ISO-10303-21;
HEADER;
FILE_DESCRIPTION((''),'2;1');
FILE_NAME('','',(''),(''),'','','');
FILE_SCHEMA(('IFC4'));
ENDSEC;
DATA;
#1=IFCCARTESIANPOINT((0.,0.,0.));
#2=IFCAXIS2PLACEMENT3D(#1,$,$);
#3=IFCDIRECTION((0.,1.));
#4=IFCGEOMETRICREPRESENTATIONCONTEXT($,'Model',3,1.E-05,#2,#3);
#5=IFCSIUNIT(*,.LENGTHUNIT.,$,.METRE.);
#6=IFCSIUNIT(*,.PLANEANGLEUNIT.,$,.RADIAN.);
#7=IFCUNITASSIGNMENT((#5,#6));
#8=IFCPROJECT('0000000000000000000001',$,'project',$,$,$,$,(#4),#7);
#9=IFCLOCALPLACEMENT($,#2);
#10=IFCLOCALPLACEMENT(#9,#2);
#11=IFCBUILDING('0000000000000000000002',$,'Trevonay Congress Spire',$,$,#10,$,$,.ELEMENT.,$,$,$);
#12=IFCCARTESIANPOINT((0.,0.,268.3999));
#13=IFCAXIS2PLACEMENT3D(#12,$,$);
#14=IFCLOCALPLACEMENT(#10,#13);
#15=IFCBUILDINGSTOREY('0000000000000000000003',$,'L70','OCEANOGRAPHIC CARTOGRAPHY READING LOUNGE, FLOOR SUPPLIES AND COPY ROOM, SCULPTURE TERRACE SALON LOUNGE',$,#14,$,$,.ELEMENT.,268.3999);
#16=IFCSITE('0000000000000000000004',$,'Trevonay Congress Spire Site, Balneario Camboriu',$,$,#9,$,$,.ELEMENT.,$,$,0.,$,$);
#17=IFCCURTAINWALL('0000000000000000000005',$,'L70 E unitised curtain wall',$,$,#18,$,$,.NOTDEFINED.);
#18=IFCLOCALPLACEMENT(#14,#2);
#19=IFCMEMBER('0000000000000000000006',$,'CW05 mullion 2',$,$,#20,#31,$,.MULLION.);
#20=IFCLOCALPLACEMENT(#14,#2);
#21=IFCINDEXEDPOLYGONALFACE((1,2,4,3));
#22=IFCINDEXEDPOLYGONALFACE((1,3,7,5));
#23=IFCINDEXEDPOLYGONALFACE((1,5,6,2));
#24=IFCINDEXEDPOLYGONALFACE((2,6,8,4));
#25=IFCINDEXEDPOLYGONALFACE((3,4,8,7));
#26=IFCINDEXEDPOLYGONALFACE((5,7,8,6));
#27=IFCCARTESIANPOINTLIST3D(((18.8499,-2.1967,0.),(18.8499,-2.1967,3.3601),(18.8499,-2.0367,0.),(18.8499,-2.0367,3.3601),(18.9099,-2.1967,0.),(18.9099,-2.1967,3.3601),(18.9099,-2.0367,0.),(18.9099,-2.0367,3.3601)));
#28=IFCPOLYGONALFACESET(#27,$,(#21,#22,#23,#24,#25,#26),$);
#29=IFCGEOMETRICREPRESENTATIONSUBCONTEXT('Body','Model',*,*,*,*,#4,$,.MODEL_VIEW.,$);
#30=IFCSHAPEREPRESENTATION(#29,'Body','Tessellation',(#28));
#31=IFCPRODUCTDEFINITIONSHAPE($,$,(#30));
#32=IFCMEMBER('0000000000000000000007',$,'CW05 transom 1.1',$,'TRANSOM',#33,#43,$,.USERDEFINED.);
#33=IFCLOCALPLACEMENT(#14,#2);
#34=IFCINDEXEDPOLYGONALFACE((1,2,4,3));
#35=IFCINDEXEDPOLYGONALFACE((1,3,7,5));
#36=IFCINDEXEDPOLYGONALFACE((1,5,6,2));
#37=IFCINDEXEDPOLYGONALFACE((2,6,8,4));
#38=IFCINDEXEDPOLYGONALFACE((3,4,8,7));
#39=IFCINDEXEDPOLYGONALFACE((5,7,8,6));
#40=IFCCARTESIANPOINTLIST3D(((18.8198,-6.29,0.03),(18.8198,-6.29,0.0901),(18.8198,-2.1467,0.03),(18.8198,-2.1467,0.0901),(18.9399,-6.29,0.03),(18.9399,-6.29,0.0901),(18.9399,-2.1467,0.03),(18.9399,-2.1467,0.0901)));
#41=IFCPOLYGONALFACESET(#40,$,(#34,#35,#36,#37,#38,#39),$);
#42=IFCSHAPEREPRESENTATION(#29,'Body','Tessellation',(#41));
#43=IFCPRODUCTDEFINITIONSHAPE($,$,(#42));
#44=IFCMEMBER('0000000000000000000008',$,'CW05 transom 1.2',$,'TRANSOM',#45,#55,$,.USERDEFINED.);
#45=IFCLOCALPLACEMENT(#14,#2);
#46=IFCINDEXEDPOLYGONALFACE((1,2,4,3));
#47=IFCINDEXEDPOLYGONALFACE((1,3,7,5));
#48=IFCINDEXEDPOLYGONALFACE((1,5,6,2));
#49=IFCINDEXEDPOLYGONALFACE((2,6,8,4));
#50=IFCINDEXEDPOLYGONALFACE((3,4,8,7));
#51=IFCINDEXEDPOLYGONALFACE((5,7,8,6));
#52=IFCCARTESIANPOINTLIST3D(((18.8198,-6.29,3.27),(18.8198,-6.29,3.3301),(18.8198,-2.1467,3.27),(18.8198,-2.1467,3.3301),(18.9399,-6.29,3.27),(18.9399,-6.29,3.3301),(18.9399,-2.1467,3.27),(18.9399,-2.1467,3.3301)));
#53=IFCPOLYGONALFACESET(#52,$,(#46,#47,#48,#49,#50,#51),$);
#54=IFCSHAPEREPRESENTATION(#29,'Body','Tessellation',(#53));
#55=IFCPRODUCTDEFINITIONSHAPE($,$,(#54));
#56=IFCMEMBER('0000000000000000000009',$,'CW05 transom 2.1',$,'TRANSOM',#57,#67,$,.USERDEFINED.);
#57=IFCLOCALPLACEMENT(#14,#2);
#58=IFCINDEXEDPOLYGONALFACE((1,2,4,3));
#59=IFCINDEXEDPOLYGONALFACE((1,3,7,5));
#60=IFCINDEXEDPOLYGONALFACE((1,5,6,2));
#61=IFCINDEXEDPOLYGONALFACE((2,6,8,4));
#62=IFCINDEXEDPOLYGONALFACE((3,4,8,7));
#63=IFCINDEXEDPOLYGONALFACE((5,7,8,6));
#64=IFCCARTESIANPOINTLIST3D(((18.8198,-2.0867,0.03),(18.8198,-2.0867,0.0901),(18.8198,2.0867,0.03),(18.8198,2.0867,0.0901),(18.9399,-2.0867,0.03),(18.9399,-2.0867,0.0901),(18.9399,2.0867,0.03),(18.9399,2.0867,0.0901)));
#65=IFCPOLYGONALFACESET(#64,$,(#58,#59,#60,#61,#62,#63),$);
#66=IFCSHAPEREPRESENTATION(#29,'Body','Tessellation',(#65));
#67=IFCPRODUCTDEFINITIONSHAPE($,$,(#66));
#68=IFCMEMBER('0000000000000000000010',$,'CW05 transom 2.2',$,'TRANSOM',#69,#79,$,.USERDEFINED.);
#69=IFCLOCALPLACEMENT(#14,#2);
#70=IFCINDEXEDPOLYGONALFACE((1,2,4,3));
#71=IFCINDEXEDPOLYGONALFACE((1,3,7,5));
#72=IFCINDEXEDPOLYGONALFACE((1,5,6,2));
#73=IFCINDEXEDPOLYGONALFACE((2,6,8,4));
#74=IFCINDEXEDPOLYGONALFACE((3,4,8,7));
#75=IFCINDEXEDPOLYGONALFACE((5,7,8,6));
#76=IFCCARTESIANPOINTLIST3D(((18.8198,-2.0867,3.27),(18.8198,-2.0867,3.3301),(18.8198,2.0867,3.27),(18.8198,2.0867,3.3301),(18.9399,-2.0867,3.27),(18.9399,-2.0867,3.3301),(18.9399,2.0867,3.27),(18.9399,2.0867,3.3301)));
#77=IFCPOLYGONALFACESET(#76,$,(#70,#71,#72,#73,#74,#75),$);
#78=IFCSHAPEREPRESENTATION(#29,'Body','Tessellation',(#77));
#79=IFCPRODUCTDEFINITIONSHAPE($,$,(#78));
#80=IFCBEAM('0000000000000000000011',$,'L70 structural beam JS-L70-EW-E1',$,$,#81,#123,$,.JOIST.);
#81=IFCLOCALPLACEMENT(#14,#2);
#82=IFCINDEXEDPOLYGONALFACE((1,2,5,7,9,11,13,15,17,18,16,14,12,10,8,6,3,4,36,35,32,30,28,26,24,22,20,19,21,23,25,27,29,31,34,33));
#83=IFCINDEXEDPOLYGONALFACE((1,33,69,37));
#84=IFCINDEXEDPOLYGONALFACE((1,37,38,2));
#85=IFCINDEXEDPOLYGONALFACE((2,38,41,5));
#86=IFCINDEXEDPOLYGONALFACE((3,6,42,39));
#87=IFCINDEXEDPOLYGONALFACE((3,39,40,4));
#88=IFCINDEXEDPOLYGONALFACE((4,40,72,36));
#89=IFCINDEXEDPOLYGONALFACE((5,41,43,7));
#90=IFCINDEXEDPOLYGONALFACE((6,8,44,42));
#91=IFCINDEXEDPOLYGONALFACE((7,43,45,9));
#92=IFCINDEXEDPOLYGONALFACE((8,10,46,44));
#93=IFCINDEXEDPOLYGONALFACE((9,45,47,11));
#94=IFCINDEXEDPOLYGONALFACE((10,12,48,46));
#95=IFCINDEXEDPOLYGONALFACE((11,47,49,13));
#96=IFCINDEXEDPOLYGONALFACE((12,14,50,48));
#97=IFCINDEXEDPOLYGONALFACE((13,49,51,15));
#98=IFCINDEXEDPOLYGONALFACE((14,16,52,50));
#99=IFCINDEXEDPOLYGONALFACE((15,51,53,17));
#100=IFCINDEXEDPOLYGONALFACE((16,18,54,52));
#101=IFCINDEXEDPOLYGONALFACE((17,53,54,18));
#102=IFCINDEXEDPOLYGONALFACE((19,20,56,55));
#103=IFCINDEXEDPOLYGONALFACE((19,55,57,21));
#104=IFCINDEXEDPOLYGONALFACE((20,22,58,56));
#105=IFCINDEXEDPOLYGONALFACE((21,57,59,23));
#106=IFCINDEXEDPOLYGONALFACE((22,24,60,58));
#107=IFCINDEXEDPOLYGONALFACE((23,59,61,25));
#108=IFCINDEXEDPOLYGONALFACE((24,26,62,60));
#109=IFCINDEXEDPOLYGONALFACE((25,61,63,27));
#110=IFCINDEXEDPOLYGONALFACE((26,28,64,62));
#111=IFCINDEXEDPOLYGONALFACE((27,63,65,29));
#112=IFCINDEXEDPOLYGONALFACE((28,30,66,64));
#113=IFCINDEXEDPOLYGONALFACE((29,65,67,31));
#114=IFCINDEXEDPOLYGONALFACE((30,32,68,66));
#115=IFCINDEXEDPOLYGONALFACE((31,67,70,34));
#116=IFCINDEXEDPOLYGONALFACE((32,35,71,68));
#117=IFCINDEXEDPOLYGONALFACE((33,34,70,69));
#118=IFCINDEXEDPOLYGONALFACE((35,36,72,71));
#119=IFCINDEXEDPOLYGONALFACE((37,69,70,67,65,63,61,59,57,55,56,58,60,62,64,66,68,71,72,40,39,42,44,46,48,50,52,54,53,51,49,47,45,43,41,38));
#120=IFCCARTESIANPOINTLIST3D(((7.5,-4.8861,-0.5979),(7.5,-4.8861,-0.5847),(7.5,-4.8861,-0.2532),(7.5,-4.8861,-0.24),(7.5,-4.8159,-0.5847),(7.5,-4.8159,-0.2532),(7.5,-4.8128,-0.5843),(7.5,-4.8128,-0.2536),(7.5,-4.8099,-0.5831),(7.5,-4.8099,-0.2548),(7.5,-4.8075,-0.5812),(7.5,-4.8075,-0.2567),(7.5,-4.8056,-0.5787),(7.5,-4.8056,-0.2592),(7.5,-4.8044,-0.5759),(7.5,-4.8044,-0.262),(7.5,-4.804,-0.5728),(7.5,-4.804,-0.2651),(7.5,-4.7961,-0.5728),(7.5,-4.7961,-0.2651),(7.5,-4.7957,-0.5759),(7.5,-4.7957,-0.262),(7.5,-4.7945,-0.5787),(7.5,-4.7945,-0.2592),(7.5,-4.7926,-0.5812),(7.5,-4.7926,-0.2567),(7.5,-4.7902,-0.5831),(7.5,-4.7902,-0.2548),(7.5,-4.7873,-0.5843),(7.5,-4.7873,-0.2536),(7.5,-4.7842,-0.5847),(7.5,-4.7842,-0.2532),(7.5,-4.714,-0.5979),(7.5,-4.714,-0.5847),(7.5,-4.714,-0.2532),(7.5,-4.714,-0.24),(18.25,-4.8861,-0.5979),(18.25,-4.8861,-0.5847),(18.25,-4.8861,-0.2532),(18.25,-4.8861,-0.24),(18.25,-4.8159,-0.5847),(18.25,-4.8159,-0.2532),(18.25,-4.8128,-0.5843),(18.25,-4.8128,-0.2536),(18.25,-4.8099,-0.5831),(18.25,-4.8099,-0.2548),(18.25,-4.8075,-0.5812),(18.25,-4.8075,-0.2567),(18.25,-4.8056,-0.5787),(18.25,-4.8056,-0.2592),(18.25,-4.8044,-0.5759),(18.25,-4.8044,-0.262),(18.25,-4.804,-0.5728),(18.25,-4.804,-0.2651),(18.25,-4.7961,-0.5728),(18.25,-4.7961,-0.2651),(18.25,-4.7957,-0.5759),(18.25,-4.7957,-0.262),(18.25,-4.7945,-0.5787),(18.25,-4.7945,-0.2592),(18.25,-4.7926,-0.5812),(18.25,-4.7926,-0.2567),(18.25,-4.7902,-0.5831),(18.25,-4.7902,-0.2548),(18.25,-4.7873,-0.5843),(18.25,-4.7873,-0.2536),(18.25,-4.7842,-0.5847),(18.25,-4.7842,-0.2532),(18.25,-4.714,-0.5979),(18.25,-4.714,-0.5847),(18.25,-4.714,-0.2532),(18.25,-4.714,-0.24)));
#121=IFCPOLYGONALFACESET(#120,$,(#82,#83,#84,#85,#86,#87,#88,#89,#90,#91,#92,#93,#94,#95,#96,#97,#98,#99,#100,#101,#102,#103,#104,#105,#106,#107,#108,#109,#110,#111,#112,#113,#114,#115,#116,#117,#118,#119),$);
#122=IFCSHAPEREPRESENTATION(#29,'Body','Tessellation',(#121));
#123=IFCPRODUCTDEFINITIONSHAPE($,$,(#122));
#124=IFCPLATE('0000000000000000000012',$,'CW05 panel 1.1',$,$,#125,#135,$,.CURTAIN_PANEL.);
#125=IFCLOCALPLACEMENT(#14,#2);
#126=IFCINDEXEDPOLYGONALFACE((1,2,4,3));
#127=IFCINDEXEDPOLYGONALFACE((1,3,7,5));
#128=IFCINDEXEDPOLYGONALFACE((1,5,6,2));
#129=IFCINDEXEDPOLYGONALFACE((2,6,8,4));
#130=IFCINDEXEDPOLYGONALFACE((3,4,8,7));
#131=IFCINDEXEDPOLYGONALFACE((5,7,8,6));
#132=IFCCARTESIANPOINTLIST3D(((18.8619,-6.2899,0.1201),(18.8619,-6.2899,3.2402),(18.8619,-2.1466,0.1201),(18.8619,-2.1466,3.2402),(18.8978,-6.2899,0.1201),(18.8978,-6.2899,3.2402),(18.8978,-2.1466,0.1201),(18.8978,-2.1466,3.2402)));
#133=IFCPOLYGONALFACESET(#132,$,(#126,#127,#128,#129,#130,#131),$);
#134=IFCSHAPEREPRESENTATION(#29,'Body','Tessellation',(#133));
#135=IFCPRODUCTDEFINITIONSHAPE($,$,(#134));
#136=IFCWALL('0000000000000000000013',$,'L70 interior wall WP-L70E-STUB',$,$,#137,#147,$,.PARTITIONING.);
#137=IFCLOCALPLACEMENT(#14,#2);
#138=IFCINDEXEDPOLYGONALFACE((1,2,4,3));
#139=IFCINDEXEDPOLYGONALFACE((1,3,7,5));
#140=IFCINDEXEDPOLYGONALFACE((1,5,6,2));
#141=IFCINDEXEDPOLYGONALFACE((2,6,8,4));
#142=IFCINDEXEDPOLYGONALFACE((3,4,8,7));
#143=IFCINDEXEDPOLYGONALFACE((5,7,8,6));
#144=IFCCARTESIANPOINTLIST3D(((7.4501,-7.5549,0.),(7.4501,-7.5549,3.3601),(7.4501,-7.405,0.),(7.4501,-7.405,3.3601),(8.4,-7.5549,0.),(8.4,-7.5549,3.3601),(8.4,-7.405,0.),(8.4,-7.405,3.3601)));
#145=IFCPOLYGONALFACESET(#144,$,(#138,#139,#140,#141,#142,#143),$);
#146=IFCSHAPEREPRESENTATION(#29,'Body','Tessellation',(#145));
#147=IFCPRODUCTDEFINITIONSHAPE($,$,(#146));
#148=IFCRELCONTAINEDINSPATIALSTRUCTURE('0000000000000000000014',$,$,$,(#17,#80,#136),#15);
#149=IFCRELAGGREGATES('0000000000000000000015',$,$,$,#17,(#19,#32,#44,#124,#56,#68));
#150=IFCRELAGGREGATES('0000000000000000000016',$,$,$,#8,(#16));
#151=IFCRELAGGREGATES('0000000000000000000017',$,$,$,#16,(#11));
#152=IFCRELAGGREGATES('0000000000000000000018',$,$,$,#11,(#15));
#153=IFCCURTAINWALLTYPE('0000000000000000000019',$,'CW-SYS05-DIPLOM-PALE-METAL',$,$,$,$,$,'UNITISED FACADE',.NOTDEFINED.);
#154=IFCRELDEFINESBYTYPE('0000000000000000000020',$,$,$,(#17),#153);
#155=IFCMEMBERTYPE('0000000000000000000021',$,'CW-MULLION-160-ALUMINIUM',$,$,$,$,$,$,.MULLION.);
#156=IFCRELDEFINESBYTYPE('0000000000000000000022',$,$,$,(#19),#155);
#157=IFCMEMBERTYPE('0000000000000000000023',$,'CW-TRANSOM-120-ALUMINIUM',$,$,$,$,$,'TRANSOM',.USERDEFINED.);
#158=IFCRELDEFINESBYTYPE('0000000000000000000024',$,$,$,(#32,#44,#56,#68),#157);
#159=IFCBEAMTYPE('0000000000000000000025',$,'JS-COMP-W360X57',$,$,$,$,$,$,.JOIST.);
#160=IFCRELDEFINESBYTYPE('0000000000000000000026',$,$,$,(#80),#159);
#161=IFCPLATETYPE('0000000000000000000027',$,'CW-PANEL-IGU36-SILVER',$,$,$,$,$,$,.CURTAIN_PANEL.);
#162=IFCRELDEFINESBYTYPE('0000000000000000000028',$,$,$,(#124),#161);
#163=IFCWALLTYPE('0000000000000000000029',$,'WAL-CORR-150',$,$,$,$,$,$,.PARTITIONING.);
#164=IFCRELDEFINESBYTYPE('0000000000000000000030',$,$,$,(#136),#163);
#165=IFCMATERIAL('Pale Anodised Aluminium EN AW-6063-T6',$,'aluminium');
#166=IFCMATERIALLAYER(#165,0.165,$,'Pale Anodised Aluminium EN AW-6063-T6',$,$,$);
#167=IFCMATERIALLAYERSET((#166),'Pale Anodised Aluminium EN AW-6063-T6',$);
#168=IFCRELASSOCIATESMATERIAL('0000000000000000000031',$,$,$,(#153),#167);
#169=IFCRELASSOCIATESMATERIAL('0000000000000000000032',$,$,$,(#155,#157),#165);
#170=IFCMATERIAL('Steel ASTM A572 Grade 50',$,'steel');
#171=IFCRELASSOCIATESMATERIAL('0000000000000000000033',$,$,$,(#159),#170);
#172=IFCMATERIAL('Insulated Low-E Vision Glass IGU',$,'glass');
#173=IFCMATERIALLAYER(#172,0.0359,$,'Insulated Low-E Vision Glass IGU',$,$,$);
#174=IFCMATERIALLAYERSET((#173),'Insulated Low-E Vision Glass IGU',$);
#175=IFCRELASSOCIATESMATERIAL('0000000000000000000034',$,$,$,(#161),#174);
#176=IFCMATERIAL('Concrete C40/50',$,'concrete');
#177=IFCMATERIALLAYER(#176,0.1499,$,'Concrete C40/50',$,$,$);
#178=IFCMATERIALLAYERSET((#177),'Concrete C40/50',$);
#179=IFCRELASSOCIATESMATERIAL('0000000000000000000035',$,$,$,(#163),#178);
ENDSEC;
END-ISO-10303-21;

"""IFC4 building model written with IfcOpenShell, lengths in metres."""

from ifc_helpers import new_model, si_unit, direction, frame, frame_2d, origin, origin_2d, place, context, subcontext, project, spatial, rectangle, i_section, extrude, material, layer, layer_set, material_profile, profile_set, type_object, element, aggregate, save


model = new_model("IFC4")

# Units and contexts
model_context = context("Model", 3, precision=1e-05, world=origin(), true_north=direction((0.0, 1.0)))
body_context = subcontext(model_context, "Body", "Model", "MODEL_VIEW")
ifc_project = project(units=[si_unit("LENGTHUNIT", "METRE"), si_unit("PLANEANGLEUNIT", "RADIAN")], contexts=[model_context])

# Site, building, storey
site_placement = place(None, origin())
site = spatial("IfcSite", under=ifc_project, at=site_placement, Name="Trevonay Congress Spire Site, Balneario Camboriu", CompositionType="ELEMENT", RefElevation=0.0)
building_placement = place(site_placement, origin())
building = spatial("IfcBuilding", under=site, at=building_placement, Name="Trevonay Congress Spire", CompositionType="ELEMENT")
storey_placement = place(building_placement, frame((0.0, 0.0, 268.3999)))
storey = spatial("IfcBuildingStorey", under=building, at=storey_placement, Name="L70", Description="OCEANOGRAPHIC CARTOGRAPHY READING LOUNGE, FLOOR SUPPLIES AND COPY ROOM, SCULPTURE TERRACE SALON LOUNGE", CompositionType="ELEMENT", Elevation=268.3999)

# Shared definitions
ifc_material_1 = material(Name="Steel ASTM A572 Grade 50", Category="steel")

# Curtain wall, members
ifc_material_2 = material(Name="Pale Anodised Aluminium EN AW-6063-T6", Category="aluminium")
ifc_layer_1 = layer(ifc_material_2, 0.165, Name="Pale Anodised Aluminium EN AW-6063-T6")
ifc_layer_set_1 = layer_set([ifc_layer_1], Name="Pale Anodised Aluminium EN AW-6063-T6")
curtain_wall_type = type_object("IfcCurtainWallType", Name="CW-SYS05-DIPLOM-PALE-METAL", ElementType="UNITISED FACADE", PredefinedType="NOTDEFINED", material=ifc_layer_set_1)
curtain_wall_placement = place(storey_placement, origin())
curtain_wall = element("IfcCurtainWall", 1, at=curtain_wall_placement, inside=storey, type_object=curtain_wall_type, Name="L70 E unitised curtain wall", PredefinedType="NOTDEFINED")
ifc_material_profile_1 = material_profile(ifc_material_2, rectangle(XDim=0.0601, YDim=0.1599, at=origin_2d()), Name="CW-MULLION-160-ALUMINIUM")
ifc_profile_set_1 = profile_set([ifc_material_profile_1], Name="Pale Anodised Aluminium EN AW-6063-T6")
member_type_1 = type_object("IfcMemberType", Name="CW-MULLION-160-ALUMINIUM", PredefinedType="MULLION", material=ifc_profile_set_1)
member_1_placement = place(storey_placement, frame((18.8799, -2.1167, 0.0), z_axis=(0.0, 0.0, 1.0), x_axis=(-1.0, 0.0, 0.0)))
member_1 = element("IfcMember", 2, at=member_1_placement, type_object=member_type_1, Name="CW05 mullion 2", PredefinedType="MULLION", context=body_context, shape_type="SweptSolid", body=[
    extrude(rectangle(XDim=0.0601, YDim=0.1599, at=origin_2d()), origin(), (0.0, 0.0, 1.0), 3.3601),
])
ifc_material_profile_2 = material_profile(ifc_material_2, rectangle(XDim=0.1201, YDim=0.0601, at=origin_2d()), Name="CW-TRANSOM-120-ALUMINIUM")
ifc_profile_set_2 = profile_set([ifc_material_profile_2], Name="Pale Anodised Aluminium EN AW-6063-T6")
member_type_2 = type_object("IfcMemberType", Name="CW-TRANSOM-120-ALUMINIUM", ElementType="TRANSOM", PredefinedType="USERDEFINED", material=ifc_profile_set_2)
member_2_placement = place(storey_placement, frame((18.8799, -6.29, 0.0601), z_axis=(0.0, 1.0, 0.0), x_axis=(-1.0, 0.0, 0.0)))
member_2 = element("IfcMember", 3, at=member_2_placement, type_object=member_type_2, Name="CW05 transom 1.1", ObjectType="TRANSOM", PredefinedType="USERDEFINED", context=body_context, shape_type="SweptSolid", body=[
    extrude(rectangle(XDim=0.1201, YDim=0.0601, at=origin_2d()), origin(), (0.0, 0.0, 1.0), 4.1433),
])
member_3_placement = place(storey_placement, frame((18.8799, -6.29, 3.3), z_axis=(0.0, 1.0, 0.0), x_axis=(-1.0, 0.0, 0.0)))
member_3 = element("IfcMember", 4, at=member_3_placement, type_object=member_type_2, Name="CW05 transom 1.2", ObjectType="TRANSOM", PredefinedType="USERDEFINED", context=body_context, shape_type="SweptSolid", body=[
    extrude(rectangle(XDim=0.1201, YDim=0.0601, at=origin_2d()), origin(), (0.0, 0.0, 1.0), 4.1433),
])
member_4_placement = place(storey_placement, frame((18.8799, -2.0867, 0.0601), z_axis=(0.0, 1.0, 0.0), x_axis=(-1.0, 0.0, 0.0)))
member_4 = element("IfcMember", 5, at=member_4_placement, type_object=member_type_2, Name="CW05 transom 2.1", ObjectType="TRANSOM", PredefinedType="USERDEFINED", context=body_context, shape_type="SweptSolid", body=[
    extrude(rectangle(XDim=0.1201, YDim=0.0601, at=origin_2d()), origin(), (0.0, 0.0, 1.0), 4.1733),
])
member_5_placement = place(storey_placement, frame((18.8799, -2.0867, 3.3), z_axis=(0.0, 1.0, 0.0), x_axis=(-1.0, 0.0, 0.0)))
member_5 = element("IfcMember", 6, at=member_5_placement, type_object=member_type_2, Name="CW05 transom 2.2", ObjectType="TRANSOM", PredefinedType="USERDEFINED", context=body_context, shape_type="SweptSolid", body=[
    extrude(rectangle(XDim=0.1201, YDim=0.0601, at=origin_2d()), origin(), (0.0, 0.0, 1.0), 4.1733),
])

# Beam
ifc_material_profile_3 = material_profile(ifc_material_1, i_section(OverallWidth=0.1721, OverallDepth=0.3579, WebThickness=0.0078, FlangeThickness=0.0132, FilletRadius=0.012, at=origin_2d()), Name="W360x57.8")
ifc_profile_set_3 = profile_set([ifc_material_profile_3], Name="Steel ASTM A572 Grade 50")
beam_type_1 = type_object("IfcBeamType", Name="JS-COMP-W360X57", PredefinedType="JOIST", material=ifc_profile_set_3)
beam_1_placement = place(storey_placement, frame((7.5, -4.8, -0.4189), z_axis=(1.0, 0.0, 0.0), x_axis=(0.0, 1.0, 0.0)))
element("IfcBeam", 7, at=beam_1_placement, inside=storey, type_object=beam_type_1, Name="L70 structural beam JS-L70-EW-E1", PredefinedType="JOIST", context=body_context, shape_type="SweptSolid", body=[
    extrude(i_section(OverallWidth=0.1721, OverallDepth=0.3579, WebThickness=0.0078, FlangeThickness=0.0132, FilletRadius=0.012, at=origin_2d()), origin(), (0.0, 0.0, 1.0), 10.75),
])

# Plate
ifc_material_3 = material(Name="Insulated Low-E Vision Glass IGU", Category="glass")
ifc_layer_2 = layer(ifc_material_3, 0.0359, Name="Insulated Low-E Vision Glass IGU")
ifc_layer_set_2 = layer_set([ifc_layer_2], Name="Insulated Low-E Vision Glass IGU")
plate_type = type_object("IfcPlateType", Name="CW-PANEL-IGU36-SILVER", PredefinedType="CURTAIN_PANEL", material=ifc_layer_set_2)
plate_placement = place(storey_placement, frame((18.8799, -4.2183, 0.1201), z_axis=(0.0, 0.0, 1.0), x_axis=(0.0, 1.0, 0.0)))
plate = element("IfcPlate", 8, at=plate_placement, type_object=plate_type, Name="CW05 panel 1.1", PredefinedType="CURTAIN_PANEL", context=body_context, shape_type="SweptSolid", body=[
    extrude(rectangle(XDim=4.1433, YDim=0.0359, at=origin_2d()), origin(), (0.0, 0.0, 1.0), 3.1201),
])
aggregate(curtain_wall, [member_1, member_2, member_3, plate, member_4, member_5])

# Wall
ifc_material_4 = material(Name="Concrete C40/50", Category="concrete")
ifc_layer_3 = layer(ifc_material_4, 0.1499, Name="Concrete C40/50")
ifc_layer_set_3 = layer_set([ifc_layer_3], Name="Concrete C40/50")
wall_type_1 = type_object("IfcWallType", Name="WAL-CORR-150", PredefinedType="PARTITIONING", material=ifc_layer_set_3)
wall_1_placement = place(storey_placement, frame((7.45, -7.48, 0.0), z_axis=(0.0, 0.0, 1.0), x_axis=(1.0, 0.0, 0.0)))
element("IfcWall", 9, at=wall_1_placement, inside=storey, type_object=wall_type_1, Name="L70 interior wall WP-L70E-STUB", PredefinedType="PARTITIONING", context=body_context, shape_type="SweptSolid", body=[
    extrude(rectangle(XDim=0.95, YDim=0.1499, at=frame_2d((0.4751, 0.0))), origin(), (0.0, 0.0, 1.0), 3.3601),
])

save(model, "model.ifc")
